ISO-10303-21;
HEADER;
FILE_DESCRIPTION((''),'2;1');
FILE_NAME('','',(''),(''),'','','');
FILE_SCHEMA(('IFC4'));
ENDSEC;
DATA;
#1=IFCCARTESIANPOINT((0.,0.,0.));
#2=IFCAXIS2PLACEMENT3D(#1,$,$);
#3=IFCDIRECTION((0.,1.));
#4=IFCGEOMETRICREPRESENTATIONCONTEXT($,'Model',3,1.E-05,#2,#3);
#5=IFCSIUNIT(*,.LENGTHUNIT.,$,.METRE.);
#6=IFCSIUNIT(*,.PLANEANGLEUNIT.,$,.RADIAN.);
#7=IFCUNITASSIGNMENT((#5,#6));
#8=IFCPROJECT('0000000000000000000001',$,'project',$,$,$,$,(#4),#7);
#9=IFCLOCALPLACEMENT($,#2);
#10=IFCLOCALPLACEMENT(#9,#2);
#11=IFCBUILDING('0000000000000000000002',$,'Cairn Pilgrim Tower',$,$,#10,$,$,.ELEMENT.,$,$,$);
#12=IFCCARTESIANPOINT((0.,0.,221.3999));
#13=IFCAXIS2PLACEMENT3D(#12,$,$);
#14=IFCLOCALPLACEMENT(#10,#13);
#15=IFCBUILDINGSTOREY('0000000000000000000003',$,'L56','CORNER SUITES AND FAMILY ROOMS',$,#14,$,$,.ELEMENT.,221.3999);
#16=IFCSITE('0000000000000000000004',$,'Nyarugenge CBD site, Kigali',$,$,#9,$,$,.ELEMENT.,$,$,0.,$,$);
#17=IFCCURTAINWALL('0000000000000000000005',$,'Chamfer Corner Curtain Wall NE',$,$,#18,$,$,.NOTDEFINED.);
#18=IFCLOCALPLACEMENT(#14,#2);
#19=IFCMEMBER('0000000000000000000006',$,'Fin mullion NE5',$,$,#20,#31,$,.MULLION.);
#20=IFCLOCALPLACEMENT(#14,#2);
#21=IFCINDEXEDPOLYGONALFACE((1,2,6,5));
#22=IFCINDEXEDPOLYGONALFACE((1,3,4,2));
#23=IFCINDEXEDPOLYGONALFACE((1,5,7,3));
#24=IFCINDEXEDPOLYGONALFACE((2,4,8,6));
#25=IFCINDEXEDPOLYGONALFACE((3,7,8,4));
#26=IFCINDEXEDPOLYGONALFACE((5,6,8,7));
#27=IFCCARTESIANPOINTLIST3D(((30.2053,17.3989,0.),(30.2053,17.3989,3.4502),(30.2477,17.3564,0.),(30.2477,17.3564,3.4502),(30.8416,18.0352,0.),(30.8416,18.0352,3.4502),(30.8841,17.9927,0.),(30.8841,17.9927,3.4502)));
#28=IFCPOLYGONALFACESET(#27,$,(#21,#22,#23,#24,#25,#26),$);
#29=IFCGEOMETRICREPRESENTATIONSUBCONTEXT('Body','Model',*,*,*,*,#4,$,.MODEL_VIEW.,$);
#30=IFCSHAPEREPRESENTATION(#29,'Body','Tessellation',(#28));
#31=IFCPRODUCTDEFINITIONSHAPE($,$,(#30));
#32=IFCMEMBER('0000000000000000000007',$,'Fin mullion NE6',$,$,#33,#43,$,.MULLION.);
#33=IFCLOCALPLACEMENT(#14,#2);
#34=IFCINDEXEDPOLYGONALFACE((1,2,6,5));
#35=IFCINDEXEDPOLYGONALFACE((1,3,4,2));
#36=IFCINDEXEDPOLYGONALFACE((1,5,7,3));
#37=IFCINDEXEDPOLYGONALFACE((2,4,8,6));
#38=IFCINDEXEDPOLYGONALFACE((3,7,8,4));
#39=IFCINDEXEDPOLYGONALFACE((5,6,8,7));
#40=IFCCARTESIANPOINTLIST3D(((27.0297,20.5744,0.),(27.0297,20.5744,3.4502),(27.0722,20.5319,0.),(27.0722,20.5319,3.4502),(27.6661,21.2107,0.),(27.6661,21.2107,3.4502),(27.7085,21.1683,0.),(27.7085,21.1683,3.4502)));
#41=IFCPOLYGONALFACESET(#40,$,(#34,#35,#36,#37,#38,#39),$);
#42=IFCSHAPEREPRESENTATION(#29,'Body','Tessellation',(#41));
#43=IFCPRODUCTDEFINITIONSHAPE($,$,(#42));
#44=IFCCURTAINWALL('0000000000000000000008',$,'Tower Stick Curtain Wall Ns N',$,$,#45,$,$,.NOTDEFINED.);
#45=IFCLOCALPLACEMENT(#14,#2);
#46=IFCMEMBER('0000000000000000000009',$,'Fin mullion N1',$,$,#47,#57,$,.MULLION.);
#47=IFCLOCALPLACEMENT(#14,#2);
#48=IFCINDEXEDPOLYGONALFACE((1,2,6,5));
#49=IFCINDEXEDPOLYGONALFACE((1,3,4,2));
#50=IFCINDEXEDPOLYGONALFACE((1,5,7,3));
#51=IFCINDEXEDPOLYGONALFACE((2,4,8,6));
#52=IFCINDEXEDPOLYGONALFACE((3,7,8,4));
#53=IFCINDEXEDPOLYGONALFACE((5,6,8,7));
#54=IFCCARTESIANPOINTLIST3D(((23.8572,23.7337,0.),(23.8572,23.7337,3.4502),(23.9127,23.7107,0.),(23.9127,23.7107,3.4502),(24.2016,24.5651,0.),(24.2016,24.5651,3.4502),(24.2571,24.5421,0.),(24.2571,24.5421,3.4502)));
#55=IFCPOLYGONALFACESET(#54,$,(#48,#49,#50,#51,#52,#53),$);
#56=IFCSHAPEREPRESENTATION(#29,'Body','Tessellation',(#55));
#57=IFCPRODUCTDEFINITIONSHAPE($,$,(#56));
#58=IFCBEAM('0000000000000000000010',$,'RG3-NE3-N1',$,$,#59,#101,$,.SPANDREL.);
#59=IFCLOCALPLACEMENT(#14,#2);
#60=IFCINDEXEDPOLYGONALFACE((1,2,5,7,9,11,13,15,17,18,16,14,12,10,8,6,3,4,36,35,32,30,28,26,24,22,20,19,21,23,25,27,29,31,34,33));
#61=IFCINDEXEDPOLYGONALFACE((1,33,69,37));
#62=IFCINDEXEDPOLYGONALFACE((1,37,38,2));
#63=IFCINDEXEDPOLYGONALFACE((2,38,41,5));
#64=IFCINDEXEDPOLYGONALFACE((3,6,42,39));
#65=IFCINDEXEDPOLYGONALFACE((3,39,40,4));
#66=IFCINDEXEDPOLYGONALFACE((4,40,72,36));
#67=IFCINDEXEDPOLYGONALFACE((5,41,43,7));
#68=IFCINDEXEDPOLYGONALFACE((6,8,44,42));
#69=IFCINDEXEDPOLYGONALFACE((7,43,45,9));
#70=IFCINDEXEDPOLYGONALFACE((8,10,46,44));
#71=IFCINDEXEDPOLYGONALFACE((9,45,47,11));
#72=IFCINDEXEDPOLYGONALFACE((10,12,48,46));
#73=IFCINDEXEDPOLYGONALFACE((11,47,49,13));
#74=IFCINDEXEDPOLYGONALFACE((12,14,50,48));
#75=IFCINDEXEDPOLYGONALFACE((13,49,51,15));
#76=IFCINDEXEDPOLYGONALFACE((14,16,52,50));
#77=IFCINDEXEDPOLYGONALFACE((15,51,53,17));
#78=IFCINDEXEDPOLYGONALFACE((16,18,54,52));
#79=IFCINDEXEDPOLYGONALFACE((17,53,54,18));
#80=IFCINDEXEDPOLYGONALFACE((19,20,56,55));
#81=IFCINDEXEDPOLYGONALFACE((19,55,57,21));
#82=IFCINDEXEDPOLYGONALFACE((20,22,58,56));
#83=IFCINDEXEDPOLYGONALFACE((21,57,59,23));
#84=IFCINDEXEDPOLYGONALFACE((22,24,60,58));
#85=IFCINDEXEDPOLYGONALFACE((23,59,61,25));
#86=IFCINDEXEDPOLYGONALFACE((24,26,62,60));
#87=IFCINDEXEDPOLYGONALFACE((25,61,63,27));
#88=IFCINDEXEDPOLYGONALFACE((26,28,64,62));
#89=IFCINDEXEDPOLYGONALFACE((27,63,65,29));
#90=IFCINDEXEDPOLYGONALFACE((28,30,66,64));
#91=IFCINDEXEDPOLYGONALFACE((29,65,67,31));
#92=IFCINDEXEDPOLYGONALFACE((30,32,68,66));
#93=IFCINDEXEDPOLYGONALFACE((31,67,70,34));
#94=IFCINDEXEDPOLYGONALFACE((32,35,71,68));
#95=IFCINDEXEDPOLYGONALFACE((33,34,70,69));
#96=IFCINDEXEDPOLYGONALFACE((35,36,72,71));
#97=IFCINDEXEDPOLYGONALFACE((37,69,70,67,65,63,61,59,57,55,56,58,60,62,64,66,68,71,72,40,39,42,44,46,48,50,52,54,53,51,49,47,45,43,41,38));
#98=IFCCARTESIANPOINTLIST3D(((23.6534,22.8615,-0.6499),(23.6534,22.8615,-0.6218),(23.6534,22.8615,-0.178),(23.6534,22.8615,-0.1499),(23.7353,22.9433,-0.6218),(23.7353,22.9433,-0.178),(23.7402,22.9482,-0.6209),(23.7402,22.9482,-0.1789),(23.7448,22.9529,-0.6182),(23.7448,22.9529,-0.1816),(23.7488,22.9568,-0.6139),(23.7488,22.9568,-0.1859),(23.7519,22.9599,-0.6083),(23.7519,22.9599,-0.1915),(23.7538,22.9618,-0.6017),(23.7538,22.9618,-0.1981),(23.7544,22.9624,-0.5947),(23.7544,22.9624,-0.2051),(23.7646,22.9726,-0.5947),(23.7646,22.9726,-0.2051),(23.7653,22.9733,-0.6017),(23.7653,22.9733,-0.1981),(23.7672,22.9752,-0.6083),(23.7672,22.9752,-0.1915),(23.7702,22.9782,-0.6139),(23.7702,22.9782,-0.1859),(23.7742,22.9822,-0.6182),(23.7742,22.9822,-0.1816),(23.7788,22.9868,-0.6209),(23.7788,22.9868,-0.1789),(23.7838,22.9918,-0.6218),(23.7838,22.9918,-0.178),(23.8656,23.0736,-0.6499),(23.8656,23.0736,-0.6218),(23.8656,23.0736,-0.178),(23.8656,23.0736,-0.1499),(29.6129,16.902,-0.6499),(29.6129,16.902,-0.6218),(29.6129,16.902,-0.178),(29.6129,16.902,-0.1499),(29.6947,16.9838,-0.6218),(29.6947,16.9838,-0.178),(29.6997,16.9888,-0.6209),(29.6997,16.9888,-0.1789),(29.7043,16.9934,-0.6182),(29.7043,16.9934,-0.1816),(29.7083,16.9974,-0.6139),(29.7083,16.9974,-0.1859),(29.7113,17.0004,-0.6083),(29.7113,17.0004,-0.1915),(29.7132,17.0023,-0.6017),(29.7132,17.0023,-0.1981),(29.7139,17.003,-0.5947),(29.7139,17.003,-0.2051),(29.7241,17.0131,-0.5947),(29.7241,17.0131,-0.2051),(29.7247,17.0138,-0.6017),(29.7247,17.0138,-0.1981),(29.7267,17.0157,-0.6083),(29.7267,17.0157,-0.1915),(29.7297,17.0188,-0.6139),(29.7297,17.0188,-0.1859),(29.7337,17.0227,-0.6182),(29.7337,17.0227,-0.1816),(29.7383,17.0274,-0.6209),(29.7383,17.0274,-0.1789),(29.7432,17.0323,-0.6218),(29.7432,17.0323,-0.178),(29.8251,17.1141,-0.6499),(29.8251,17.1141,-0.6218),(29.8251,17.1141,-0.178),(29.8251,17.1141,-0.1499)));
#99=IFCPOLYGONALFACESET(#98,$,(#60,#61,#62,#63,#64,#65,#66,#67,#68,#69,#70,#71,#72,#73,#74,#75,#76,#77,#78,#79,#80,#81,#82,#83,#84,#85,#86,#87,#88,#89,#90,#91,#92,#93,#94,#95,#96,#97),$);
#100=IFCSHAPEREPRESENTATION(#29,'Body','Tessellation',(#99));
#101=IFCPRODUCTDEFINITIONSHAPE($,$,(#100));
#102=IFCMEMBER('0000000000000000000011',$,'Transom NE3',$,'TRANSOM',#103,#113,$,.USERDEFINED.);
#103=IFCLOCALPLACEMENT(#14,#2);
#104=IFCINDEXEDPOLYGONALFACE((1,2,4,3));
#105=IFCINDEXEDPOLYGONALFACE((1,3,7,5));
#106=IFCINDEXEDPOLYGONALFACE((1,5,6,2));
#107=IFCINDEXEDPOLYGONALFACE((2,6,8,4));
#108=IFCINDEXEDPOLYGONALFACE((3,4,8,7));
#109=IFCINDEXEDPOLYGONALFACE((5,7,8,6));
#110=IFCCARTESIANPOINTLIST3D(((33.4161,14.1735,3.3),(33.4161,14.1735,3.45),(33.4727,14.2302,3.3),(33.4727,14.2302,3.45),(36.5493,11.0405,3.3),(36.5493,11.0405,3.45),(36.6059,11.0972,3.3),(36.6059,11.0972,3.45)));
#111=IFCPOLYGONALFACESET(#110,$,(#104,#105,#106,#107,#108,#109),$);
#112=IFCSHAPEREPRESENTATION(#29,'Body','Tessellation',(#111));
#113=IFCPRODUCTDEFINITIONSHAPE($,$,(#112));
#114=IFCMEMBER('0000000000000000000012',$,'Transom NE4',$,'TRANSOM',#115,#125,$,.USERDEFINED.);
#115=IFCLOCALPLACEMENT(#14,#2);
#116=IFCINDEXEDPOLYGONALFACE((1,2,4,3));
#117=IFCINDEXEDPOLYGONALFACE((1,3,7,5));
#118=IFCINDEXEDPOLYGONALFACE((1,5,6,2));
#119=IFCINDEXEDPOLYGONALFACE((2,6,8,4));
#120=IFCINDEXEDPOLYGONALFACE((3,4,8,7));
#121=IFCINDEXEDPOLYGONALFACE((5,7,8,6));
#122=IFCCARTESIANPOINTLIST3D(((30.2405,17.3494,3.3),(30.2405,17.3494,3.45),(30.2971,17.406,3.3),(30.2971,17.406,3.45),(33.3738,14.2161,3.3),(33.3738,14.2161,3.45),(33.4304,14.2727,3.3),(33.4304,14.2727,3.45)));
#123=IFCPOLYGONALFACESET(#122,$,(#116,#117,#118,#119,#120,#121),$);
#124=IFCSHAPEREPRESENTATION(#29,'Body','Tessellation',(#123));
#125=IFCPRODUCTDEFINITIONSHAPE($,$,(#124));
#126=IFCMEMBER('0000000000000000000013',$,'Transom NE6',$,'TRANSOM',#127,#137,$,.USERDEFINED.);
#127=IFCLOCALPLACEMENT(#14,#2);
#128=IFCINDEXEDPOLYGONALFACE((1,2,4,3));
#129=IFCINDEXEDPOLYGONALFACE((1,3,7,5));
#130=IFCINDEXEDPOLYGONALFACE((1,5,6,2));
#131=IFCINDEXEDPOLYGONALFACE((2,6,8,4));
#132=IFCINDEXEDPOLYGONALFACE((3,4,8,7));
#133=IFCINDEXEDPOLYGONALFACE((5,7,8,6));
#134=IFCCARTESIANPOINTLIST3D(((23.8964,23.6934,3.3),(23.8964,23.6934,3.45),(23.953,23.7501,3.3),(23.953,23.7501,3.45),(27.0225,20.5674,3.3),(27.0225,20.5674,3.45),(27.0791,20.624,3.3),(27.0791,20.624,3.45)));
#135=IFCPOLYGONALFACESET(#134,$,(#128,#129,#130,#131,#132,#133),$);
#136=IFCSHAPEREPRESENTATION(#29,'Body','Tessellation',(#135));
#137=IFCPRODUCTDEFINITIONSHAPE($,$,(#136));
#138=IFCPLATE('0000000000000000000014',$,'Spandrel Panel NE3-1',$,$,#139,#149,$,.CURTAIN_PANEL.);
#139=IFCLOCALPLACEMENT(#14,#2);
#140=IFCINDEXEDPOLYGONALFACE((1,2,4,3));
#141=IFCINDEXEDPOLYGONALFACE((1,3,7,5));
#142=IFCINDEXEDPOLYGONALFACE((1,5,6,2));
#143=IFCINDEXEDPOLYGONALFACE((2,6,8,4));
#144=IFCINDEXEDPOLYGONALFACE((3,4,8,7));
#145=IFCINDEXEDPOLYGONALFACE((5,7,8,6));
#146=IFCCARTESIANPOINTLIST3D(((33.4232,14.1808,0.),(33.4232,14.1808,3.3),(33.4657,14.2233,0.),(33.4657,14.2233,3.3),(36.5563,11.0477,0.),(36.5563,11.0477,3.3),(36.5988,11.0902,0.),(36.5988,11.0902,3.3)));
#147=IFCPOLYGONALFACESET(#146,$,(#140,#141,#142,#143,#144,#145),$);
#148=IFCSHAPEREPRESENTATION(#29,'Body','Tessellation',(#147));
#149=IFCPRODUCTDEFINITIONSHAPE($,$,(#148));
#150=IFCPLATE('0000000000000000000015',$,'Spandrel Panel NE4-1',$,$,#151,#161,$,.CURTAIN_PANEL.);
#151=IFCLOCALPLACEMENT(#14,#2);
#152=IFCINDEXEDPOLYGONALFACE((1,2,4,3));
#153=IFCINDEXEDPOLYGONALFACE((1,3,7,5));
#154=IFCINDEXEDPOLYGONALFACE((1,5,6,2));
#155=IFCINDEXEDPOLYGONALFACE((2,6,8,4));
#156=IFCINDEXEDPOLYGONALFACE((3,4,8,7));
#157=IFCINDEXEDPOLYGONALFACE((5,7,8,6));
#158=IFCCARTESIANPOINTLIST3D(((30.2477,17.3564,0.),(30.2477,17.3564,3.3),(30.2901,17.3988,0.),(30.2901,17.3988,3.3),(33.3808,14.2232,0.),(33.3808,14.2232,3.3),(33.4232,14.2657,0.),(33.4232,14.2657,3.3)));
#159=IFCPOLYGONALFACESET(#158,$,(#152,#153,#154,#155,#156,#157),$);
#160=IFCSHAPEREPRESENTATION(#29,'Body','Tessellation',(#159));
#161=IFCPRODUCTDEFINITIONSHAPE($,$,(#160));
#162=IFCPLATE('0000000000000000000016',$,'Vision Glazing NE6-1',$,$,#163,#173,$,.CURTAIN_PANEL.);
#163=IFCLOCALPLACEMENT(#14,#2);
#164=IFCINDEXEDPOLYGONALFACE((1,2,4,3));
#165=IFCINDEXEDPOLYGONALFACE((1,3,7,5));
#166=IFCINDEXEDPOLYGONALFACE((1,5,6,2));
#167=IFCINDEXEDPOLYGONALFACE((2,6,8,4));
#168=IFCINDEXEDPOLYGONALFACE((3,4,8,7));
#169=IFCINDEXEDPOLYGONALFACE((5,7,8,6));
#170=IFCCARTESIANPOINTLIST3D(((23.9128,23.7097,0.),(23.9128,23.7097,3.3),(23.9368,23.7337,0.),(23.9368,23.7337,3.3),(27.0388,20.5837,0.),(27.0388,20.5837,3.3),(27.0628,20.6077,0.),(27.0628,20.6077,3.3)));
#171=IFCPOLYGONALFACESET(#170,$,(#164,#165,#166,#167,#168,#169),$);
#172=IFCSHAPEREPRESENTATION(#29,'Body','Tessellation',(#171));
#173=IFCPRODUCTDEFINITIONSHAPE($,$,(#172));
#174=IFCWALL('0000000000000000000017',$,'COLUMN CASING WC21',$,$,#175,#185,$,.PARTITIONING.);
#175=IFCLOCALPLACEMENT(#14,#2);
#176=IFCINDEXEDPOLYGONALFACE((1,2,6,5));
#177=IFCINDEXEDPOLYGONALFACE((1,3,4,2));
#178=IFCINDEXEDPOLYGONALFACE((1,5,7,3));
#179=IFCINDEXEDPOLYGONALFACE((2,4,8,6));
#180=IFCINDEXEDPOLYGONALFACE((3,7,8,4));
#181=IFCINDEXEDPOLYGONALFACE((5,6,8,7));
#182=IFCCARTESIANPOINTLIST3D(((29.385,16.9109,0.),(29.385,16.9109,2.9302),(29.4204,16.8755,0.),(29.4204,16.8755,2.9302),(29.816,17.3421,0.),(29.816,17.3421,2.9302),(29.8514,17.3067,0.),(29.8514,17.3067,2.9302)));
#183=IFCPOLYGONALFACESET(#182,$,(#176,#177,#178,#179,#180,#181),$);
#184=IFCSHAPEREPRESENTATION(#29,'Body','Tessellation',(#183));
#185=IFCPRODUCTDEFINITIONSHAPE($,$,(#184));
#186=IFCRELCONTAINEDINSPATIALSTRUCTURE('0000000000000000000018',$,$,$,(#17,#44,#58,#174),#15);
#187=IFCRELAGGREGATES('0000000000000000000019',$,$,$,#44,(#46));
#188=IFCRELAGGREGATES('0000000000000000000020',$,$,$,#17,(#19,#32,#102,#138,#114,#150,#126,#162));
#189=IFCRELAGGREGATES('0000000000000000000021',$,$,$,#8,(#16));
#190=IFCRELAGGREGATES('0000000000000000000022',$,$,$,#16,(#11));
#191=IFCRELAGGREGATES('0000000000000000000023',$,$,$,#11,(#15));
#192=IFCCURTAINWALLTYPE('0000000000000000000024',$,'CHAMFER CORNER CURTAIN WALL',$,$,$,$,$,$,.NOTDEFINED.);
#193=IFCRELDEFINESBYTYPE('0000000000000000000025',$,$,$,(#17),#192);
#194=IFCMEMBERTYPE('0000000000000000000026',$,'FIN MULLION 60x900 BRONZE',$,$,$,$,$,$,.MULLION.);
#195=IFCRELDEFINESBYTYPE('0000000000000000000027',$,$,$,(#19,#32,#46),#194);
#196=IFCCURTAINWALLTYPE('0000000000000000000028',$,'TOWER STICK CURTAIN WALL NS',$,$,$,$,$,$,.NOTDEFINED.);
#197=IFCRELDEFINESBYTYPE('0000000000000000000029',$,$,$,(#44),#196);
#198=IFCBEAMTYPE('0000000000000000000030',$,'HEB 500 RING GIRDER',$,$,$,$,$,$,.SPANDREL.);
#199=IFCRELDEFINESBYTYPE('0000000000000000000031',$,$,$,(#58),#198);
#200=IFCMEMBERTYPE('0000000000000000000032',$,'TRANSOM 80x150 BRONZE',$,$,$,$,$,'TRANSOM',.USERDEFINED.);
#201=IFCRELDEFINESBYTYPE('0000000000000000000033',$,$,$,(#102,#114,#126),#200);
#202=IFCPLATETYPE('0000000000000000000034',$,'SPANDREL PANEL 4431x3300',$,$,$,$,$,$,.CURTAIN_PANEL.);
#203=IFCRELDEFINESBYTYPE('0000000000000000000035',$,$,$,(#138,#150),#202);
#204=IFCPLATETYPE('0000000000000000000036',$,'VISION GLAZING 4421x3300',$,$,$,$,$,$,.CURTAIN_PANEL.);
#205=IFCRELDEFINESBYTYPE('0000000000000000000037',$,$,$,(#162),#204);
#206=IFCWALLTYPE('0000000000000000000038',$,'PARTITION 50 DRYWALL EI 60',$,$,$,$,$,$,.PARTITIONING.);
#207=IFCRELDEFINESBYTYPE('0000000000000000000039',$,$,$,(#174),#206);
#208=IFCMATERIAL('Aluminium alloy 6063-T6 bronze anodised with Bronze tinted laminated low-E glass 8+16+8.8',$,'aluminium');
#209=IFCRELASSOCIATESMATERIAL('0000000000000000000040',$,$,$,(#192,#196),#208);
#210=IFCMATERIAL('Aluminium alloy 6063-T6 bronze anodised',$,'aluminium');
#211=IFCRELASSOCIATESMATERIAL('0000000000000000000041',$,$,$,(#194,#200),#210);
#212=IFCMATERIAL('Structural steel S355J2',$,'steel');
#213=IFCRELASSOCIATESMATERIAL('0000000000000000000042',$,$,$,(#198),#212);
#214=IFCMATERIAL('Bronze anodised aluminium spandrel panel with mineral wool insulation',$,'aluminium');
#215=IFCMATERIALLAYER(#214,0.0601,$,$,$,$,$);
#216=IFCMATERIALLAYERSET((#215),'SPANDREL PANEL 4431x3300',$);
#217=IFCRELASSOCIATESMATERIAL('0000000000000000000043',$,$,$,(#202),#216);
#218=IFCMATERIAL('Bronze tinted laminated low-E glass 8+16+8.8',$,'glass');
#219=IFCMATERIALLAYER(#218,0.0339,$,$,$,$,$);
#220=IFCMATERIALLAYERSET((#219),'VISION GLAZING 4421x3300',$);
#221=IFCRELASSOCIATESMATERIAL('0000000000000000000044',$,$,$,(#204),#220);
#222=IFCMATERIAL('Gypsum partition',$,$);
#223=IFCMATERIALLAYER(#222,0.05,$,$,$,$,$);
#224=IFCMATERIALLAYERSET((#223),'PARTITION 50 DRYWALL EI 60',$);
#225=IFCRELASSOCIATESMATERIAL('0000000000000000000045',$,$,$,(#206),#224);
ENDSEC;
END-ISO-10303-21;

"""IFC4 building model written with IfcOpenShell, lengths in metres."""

from ifc_helpers import new_model, si_unit, direction, frame, frame_2d, origin, origin_2d, place, context, subcontext, project, spatial, rectangle, i_section, extrude, material, layer, layer_set, material_profile, profile_set, type_object, element, aggregate, save


model = new_model("IFC4")

# Units and contexts
model_context = context("Model", 3, precision=1e-05, world=origin(), true_north=direction((0.0, 1.0)))
body_context = subcontext(model_context, "Body", "Model", "MODEL_VIEW")
ifc_project = project(units=[si_unit("LENGTHUNIT", "METRE"), si_unit("PLANEANGLEUNIT", "RADIAN")], contexts=[model_context])

# Site, building, storey
site_placement = place(None, origin())
site = spatial("IfcSite", under=ifc_project, at=site_placement, Name="Nyarugenge CBD site, Kigali", CompositionType="ELEMENT", RefElevation=0.0)
building_placement = place(site_placement, origin())
building = spatial("IfcBuilding", under=site, at=building_placement, Name="Cairn Pilgrim Tower", CompositionType="ELEMENT")
storey_placement = place(building_placement, frame((0.0, 0.0, 221.3999)))
storey = spatial("IfcBuildingStorey", under=building, at=storey_placement, Name="L56", Description="CORNER SUITES AND FAMILY ROOMS", CompositionType="ELEMENT", Elevation=221.3999)

# Shared definitions
ifc_material_1 = material(Name="Structural steel S355J2", Category="steel")

# Curtain wall, members
ifc_material_2 = material(Name="Aluminium alloy 6063-T6 bronze anodised with Bronze tinted laminated low-E glass 8+16+8.8", Category="aluminium")
curtain_wall_type_1 = type_object("IfcCurtainWallType", Name="CHAMFER CORNER CURTAIN WALL", PredefinedType="NOTDEFINED", material=ifc_material_2)
curtain_wall_1_placement = place(storey_placement, origin())
curtain_wall_1 = element("IfcCurtainWall", 1, at=curtain_wall_1_placement, inside=storey, type_object=curtain_wall_type_1, Name="Chamfer Corner Curtain Wall NE", PredefinedType="NOTDEFINED")
ifc_material_3 = material(Name="Aluminium alloy 6063-T6 bronze anodised", Category="aluminium")
ifc_material_profile_1 = material_profile(ifc_material_3, rectangle(XDim=0.8999, YDim=0.0601, at=origin_2d()), Name="FIN MULLION 60x900 BRONZE")
ifc_profile_set_1 = profile_set([ifc_material_profile_1], Name="Aluminium alloy 6063-T6 bronze anodised")
member_type_1 = type_object("IfcMemberType", Name="FIN MULLION 60x900 BRONZE", PredefinedType="MULLION", material=ifc_profile_set_1)
member_1_placement = place(storey_placement, frame((30.5447, 17.6958, 0.0), z_axis=(0.0, 0.0, 1.0), x_axis=(0.707107, 0.707107, 0.0)))
member_1 = element("IfcMember", 2, at=member_1_placement, type_object=member_type_1, Name="Fin mullion NE5", PredefinedType="MULLION", context=body_context, shape_type="SweptSolid", body=[
    extrude(rectangle(XDim=0.8999, YDim=0.0601, at=origin_2d()), origin(), (0.0, 0.0, 1.0), 3.4502),
])
member_2_placement = place(storey_placement, frame((27.3691, 20.8713, 0.0), z_axis=(0.0, 0.0, 1.0), x_axis=(0.707107, 0.707107, 0.0)))
member_2 = element("IfcMember", 3, at=member_2_placement, type_object=member_type_1, Name="Fin mullion NE6", PredefinedType="MULLION", context=body_context, shape_type="SweptSolid", body=[
    extrude(rectangle(XDim=0.8999, YDim=0.0601, at=origin_2d()), origin(), (0.0, 0.0, 1.0), 3.4502),
])

# Curtain wall, member
curtain_wall_type_2 = type_object("IfcCurtainWallType", Name="TOWER STICK CURTAIN WALL NS", PredefinedType="NOTDEFINED", material=ifc_material_2)
curtain_wall_2_placement = place(storey_placement, origin())
curtain_wall_2 = element("IfcCurtainWall", 4, at=curtain_wall_2_placement, inside=storey, type_object=curtain_wall_type_2, Name="Tower Stick Curtain Wall Ns N", PredefinedType="NOTDEFINED")
member_3_placement = place(storey_placement, frame((24.0571, 24.1379, 0.0), z_axis=(0.0, 0.0, 1.0), x_axis=(0.382683, 0.92388, 0.0)))
member_3 = element("IfcMember", 5, at=member_3_placement, type_object=member_type_1, Name="Fin mullion N1", PredefinedType="MULLION", context=body_context, shape_type="SweptSolid", body=[
    extrude(rectangle(XDim=0.8999, YDim=0.0601, at=origin_2d()), origin(), (0.0, 0.0, 1.0), 3.4502),
])
aggregate(curtain_wall_2, [member_3])

# Beam
ifc_material_profile_2 = material_profile(ifc_material_1, i_section(OverallWidth=0.3, OverallDepth=0.5, WebThickness=0.0144, FlangeThickness=0.0281, FilletRadius=0.0271, at=origin_2d()), Name="HEB 500")
ifc_profile_set_2 = profile_set([ifc_material_profile_2], Name="Structural steel S355J2")
beam_type_1 = type_object("IfcBeamType", Name="HEB 500 RING GIRDER", PredefinedType="SPANDREL", material=ifc_profile_set_2)
beam_1_placement = place(storey_placement, frame((29.719, 17.0081, -0.3999), z_axis=(-0.707107, 0.707107, 0.0), x_axis=(-0.707107, -0.707107, 0.0)))
element("IfcBeam", 6, at=beam_1_placement, inside=storey, type_object=beam_type_1, Name="RG3-NE3-N1", PredefinedType="SPANDREL", context=body_context, shape_type="SweptSolid", body=[
    extrude(i_section(OverallWidth=0.3, OverallDepth=0.5, WebThickness=0.0144, FlangeThickness=0.0281, FilletRadius=0.0271, at=origin_2d()), origin(), (0.0, 0.0, 1.0), 8.428),
])

# Members
ifc_material_profile_3 = material_profile(ifc_material_3, rectangle(XDim=0.0801, YDim=0.1499, at=origin_2d()), Name="TRANSOM 80x150 BRONZE")
ifc_profile_set_3 = profile_set([ifc_material_profile_3], Name="Aluminium alloy 6063-T6 bronze anodised")
member_type_2 = type_object("IfcMemberType", Name="TRANSOM 80x150 BRONZE", ElementType="TRANSOM", PredefinedType="USERDEFINED", material=ifc_profile_set_3)
member_4_placement = place(storey_placement, frame((36.5776, 11.0688, 3.375), z_axis=(-0.707134, 0.707079, 0.0), x_axis=(-0.707079, -0.707134, 0.0)))
member_4 = element("IfcMember", 7, at=member_4_placement, type_object=member_type_2, Name="Transom NE3", ObjectType="TRANSOM", PredefinedType="USERDEFINED", context=body_context, shape_type="SweptSolid", body=[
    extrude(rectangle(XDim=0.0801, YDim=0.1499, at=origin_2d()), origin(), (0.0, 0.0, 1.0), 4.4309),
])
member_5_placement = place(storey_placement, frame((33.4021, 14.2444, 3.375), z_axis=(-0.707107, 0.707107, 0.0), x_axis=(-0.707107, -0.707107, 0.0)))
member_5 = element("IfcMember", 8, at=member_5_placement, type_object=member_type_2, Name="Transom NE4", ObjectType="TRANSOM", PredefinedType="USERDEFINED", context=body_context, shape_type="SweptSolid", body=[
    extrude(rectangle(XDim=0.0801, YDim=0.1499, at=origin_2d()), origin(), (0.0, 0.0, 1.0), 4.4312),
])
member_6_placement = place(storey_placement, frame((27.0508, 20.5957, 3.375), z_axis=(-0.707107, 0.707107, 0.0), x_axis=(-0.707107, -0.707107, 0.0)))
member_6 = element("IfcMember", 9, at=member_6_placement, type_object=member_type_2, Name="Transom NE6", ObjectType="TRANSOM", PredefinedType="USERDEFINED", context=body_context, shape_type="SweptSolid", body=[
    extrude(rectangle(XDim=0.0801, YDim=0.1499, at=origin_2d()), origin(), (0.0, 0.0, 1.0), 4.4209),
])

# Plates
ifc_material_4 = material(Name="Bronze anodised aluminium spandrel panel with mineral wool insulation", Category="aluminium")
ifc_layer_1 = layer(ifc_material_4, 0.0601)
ifc_layer_set_1 = layer_set([ifc_layer_1], Name="SPANDREL PANEL 4431x3300")
plate_type_1 = type_object("IfcPlateType", Name="SPANDREL PANEL 4431x3300", PredefinedType="CURTAIN_PANEL", material=ifc_layer_set_1)
plate_1_placement = place(storey_placement, frame((35.011, 12.6355, 0.0), z_axis=(0.0, 0.0, 1.0), x_axis=(-0.707107, 0.707107, 0.0)))
plate_1 = element("IfcPlate", 10, at=plate_1_placement, type_object=plate_type_1, Name="Spandrel Panel NE3-1", PredefinedType="CURTAIN_PANEL", context=body_context, shape_type="SweptSolid", body=[
    extrude(rectangle(XDim=4.4309, YDim=0.0601, at=origin_2d()), origin(), (0.0, 0.0, 1.0), 3.3),
])
plate_2_placement = place(storey_placement, frame((31.8354, 15.811, 0.0), z_axis=(0.0, 0.0, 1.0), x_axis=(-0.707107, 0.707107, 0.0)))
plate_2 = element("IfcPlate", 11, at=plate_2_placement, type_object=plate_type_1, Name="Spandrel Panel NE4-1", PredefinedType="CURTAIN_PANEL", context=body_context, shape_type="SweptSolid", body=[
    extrude(rectangle(XDim=4.4309, YDim=0.0601, at=origin_2d()), origin(), (0.0, 0.0, 1.0), 3.3),
])
ifc_material_5 = material(Name="Bronze tinted laminated low-E glass 8+16+8.8", Category="glass")
ifc_layer_2 = layer(ifc_material_5, 0.0339)
ifc_layer_set_2 = layer_set([ifc_layer_2], Name="VISION GLAZING 4421x3300")
plate_type_2 = type_object("IfcPlateType", Name="VISION GLAZING 4421x3300", PredefinedType="CURTAIN_PANEL", material=ifc_layer_set_2)
plate_3_placement = place(storey_placement, frame((25.4878, 22.1587, 0.0), z_axis=(0.0, 0.0, 1.0), x_axis=(-0.707107, 0.707107, 0.0)))
plate_3 = element("IfcPlate", 12, at=plate_3_placement, type_object=plate_type_2, Name="Vision Glazing NE6-1", PredefinedType="CURTAIN_PANEL", context=body_context, shape_type="SweptSolid", body=[
    extrude(rectangle(XDim=4.4209, YDim=0.0339, at=origin_2d()), origin(), (0.0, 0.0, 1.0), 3.3),
])
aggregate(curtain_wall_1, [member_1, member_2, member_4, plate_1, member_5, plate_2, member_6, plate_3])

# Wall
ifc_material_6 = material(Name="Gypsum partition")
ifc_layer_3 = layer(ifc_material_6, 0.05)
ifc_layer_set_3 = layer_set([ifc_layer_3], Name="PARTITION 50 DRYWALL EI 60")
wall_type_1 = type_object("IfcWallType", Name="PARTITION 50 DRYWALL EI 60", PredefinedType="PARTITIONING", material=ifc_layer_set_3)
wall_1_placement = place(storey_placement, frame((29.4028, 16.8933, 0.0), z_axis=(0.0, 0.0, 1.0), x_axis=(0.706906, 0.707307, 0.0)))
element("IfcWall", 13, at=wall_1_placement, inside=storey, type_object=wall_type_1, Name="COLUMN CASING WC21", PredefinedType="PARTITIONING", context=body_context, shape_type="SweptSolid", body=[
    extrude(rectangle(XDim=0.6096, YDim=0.05, at=frame_2d((0.3047, 0.0))), origin(), (0.0, 0.0, 1.0), 2.9302),
])

save(model, "model.ifc")
